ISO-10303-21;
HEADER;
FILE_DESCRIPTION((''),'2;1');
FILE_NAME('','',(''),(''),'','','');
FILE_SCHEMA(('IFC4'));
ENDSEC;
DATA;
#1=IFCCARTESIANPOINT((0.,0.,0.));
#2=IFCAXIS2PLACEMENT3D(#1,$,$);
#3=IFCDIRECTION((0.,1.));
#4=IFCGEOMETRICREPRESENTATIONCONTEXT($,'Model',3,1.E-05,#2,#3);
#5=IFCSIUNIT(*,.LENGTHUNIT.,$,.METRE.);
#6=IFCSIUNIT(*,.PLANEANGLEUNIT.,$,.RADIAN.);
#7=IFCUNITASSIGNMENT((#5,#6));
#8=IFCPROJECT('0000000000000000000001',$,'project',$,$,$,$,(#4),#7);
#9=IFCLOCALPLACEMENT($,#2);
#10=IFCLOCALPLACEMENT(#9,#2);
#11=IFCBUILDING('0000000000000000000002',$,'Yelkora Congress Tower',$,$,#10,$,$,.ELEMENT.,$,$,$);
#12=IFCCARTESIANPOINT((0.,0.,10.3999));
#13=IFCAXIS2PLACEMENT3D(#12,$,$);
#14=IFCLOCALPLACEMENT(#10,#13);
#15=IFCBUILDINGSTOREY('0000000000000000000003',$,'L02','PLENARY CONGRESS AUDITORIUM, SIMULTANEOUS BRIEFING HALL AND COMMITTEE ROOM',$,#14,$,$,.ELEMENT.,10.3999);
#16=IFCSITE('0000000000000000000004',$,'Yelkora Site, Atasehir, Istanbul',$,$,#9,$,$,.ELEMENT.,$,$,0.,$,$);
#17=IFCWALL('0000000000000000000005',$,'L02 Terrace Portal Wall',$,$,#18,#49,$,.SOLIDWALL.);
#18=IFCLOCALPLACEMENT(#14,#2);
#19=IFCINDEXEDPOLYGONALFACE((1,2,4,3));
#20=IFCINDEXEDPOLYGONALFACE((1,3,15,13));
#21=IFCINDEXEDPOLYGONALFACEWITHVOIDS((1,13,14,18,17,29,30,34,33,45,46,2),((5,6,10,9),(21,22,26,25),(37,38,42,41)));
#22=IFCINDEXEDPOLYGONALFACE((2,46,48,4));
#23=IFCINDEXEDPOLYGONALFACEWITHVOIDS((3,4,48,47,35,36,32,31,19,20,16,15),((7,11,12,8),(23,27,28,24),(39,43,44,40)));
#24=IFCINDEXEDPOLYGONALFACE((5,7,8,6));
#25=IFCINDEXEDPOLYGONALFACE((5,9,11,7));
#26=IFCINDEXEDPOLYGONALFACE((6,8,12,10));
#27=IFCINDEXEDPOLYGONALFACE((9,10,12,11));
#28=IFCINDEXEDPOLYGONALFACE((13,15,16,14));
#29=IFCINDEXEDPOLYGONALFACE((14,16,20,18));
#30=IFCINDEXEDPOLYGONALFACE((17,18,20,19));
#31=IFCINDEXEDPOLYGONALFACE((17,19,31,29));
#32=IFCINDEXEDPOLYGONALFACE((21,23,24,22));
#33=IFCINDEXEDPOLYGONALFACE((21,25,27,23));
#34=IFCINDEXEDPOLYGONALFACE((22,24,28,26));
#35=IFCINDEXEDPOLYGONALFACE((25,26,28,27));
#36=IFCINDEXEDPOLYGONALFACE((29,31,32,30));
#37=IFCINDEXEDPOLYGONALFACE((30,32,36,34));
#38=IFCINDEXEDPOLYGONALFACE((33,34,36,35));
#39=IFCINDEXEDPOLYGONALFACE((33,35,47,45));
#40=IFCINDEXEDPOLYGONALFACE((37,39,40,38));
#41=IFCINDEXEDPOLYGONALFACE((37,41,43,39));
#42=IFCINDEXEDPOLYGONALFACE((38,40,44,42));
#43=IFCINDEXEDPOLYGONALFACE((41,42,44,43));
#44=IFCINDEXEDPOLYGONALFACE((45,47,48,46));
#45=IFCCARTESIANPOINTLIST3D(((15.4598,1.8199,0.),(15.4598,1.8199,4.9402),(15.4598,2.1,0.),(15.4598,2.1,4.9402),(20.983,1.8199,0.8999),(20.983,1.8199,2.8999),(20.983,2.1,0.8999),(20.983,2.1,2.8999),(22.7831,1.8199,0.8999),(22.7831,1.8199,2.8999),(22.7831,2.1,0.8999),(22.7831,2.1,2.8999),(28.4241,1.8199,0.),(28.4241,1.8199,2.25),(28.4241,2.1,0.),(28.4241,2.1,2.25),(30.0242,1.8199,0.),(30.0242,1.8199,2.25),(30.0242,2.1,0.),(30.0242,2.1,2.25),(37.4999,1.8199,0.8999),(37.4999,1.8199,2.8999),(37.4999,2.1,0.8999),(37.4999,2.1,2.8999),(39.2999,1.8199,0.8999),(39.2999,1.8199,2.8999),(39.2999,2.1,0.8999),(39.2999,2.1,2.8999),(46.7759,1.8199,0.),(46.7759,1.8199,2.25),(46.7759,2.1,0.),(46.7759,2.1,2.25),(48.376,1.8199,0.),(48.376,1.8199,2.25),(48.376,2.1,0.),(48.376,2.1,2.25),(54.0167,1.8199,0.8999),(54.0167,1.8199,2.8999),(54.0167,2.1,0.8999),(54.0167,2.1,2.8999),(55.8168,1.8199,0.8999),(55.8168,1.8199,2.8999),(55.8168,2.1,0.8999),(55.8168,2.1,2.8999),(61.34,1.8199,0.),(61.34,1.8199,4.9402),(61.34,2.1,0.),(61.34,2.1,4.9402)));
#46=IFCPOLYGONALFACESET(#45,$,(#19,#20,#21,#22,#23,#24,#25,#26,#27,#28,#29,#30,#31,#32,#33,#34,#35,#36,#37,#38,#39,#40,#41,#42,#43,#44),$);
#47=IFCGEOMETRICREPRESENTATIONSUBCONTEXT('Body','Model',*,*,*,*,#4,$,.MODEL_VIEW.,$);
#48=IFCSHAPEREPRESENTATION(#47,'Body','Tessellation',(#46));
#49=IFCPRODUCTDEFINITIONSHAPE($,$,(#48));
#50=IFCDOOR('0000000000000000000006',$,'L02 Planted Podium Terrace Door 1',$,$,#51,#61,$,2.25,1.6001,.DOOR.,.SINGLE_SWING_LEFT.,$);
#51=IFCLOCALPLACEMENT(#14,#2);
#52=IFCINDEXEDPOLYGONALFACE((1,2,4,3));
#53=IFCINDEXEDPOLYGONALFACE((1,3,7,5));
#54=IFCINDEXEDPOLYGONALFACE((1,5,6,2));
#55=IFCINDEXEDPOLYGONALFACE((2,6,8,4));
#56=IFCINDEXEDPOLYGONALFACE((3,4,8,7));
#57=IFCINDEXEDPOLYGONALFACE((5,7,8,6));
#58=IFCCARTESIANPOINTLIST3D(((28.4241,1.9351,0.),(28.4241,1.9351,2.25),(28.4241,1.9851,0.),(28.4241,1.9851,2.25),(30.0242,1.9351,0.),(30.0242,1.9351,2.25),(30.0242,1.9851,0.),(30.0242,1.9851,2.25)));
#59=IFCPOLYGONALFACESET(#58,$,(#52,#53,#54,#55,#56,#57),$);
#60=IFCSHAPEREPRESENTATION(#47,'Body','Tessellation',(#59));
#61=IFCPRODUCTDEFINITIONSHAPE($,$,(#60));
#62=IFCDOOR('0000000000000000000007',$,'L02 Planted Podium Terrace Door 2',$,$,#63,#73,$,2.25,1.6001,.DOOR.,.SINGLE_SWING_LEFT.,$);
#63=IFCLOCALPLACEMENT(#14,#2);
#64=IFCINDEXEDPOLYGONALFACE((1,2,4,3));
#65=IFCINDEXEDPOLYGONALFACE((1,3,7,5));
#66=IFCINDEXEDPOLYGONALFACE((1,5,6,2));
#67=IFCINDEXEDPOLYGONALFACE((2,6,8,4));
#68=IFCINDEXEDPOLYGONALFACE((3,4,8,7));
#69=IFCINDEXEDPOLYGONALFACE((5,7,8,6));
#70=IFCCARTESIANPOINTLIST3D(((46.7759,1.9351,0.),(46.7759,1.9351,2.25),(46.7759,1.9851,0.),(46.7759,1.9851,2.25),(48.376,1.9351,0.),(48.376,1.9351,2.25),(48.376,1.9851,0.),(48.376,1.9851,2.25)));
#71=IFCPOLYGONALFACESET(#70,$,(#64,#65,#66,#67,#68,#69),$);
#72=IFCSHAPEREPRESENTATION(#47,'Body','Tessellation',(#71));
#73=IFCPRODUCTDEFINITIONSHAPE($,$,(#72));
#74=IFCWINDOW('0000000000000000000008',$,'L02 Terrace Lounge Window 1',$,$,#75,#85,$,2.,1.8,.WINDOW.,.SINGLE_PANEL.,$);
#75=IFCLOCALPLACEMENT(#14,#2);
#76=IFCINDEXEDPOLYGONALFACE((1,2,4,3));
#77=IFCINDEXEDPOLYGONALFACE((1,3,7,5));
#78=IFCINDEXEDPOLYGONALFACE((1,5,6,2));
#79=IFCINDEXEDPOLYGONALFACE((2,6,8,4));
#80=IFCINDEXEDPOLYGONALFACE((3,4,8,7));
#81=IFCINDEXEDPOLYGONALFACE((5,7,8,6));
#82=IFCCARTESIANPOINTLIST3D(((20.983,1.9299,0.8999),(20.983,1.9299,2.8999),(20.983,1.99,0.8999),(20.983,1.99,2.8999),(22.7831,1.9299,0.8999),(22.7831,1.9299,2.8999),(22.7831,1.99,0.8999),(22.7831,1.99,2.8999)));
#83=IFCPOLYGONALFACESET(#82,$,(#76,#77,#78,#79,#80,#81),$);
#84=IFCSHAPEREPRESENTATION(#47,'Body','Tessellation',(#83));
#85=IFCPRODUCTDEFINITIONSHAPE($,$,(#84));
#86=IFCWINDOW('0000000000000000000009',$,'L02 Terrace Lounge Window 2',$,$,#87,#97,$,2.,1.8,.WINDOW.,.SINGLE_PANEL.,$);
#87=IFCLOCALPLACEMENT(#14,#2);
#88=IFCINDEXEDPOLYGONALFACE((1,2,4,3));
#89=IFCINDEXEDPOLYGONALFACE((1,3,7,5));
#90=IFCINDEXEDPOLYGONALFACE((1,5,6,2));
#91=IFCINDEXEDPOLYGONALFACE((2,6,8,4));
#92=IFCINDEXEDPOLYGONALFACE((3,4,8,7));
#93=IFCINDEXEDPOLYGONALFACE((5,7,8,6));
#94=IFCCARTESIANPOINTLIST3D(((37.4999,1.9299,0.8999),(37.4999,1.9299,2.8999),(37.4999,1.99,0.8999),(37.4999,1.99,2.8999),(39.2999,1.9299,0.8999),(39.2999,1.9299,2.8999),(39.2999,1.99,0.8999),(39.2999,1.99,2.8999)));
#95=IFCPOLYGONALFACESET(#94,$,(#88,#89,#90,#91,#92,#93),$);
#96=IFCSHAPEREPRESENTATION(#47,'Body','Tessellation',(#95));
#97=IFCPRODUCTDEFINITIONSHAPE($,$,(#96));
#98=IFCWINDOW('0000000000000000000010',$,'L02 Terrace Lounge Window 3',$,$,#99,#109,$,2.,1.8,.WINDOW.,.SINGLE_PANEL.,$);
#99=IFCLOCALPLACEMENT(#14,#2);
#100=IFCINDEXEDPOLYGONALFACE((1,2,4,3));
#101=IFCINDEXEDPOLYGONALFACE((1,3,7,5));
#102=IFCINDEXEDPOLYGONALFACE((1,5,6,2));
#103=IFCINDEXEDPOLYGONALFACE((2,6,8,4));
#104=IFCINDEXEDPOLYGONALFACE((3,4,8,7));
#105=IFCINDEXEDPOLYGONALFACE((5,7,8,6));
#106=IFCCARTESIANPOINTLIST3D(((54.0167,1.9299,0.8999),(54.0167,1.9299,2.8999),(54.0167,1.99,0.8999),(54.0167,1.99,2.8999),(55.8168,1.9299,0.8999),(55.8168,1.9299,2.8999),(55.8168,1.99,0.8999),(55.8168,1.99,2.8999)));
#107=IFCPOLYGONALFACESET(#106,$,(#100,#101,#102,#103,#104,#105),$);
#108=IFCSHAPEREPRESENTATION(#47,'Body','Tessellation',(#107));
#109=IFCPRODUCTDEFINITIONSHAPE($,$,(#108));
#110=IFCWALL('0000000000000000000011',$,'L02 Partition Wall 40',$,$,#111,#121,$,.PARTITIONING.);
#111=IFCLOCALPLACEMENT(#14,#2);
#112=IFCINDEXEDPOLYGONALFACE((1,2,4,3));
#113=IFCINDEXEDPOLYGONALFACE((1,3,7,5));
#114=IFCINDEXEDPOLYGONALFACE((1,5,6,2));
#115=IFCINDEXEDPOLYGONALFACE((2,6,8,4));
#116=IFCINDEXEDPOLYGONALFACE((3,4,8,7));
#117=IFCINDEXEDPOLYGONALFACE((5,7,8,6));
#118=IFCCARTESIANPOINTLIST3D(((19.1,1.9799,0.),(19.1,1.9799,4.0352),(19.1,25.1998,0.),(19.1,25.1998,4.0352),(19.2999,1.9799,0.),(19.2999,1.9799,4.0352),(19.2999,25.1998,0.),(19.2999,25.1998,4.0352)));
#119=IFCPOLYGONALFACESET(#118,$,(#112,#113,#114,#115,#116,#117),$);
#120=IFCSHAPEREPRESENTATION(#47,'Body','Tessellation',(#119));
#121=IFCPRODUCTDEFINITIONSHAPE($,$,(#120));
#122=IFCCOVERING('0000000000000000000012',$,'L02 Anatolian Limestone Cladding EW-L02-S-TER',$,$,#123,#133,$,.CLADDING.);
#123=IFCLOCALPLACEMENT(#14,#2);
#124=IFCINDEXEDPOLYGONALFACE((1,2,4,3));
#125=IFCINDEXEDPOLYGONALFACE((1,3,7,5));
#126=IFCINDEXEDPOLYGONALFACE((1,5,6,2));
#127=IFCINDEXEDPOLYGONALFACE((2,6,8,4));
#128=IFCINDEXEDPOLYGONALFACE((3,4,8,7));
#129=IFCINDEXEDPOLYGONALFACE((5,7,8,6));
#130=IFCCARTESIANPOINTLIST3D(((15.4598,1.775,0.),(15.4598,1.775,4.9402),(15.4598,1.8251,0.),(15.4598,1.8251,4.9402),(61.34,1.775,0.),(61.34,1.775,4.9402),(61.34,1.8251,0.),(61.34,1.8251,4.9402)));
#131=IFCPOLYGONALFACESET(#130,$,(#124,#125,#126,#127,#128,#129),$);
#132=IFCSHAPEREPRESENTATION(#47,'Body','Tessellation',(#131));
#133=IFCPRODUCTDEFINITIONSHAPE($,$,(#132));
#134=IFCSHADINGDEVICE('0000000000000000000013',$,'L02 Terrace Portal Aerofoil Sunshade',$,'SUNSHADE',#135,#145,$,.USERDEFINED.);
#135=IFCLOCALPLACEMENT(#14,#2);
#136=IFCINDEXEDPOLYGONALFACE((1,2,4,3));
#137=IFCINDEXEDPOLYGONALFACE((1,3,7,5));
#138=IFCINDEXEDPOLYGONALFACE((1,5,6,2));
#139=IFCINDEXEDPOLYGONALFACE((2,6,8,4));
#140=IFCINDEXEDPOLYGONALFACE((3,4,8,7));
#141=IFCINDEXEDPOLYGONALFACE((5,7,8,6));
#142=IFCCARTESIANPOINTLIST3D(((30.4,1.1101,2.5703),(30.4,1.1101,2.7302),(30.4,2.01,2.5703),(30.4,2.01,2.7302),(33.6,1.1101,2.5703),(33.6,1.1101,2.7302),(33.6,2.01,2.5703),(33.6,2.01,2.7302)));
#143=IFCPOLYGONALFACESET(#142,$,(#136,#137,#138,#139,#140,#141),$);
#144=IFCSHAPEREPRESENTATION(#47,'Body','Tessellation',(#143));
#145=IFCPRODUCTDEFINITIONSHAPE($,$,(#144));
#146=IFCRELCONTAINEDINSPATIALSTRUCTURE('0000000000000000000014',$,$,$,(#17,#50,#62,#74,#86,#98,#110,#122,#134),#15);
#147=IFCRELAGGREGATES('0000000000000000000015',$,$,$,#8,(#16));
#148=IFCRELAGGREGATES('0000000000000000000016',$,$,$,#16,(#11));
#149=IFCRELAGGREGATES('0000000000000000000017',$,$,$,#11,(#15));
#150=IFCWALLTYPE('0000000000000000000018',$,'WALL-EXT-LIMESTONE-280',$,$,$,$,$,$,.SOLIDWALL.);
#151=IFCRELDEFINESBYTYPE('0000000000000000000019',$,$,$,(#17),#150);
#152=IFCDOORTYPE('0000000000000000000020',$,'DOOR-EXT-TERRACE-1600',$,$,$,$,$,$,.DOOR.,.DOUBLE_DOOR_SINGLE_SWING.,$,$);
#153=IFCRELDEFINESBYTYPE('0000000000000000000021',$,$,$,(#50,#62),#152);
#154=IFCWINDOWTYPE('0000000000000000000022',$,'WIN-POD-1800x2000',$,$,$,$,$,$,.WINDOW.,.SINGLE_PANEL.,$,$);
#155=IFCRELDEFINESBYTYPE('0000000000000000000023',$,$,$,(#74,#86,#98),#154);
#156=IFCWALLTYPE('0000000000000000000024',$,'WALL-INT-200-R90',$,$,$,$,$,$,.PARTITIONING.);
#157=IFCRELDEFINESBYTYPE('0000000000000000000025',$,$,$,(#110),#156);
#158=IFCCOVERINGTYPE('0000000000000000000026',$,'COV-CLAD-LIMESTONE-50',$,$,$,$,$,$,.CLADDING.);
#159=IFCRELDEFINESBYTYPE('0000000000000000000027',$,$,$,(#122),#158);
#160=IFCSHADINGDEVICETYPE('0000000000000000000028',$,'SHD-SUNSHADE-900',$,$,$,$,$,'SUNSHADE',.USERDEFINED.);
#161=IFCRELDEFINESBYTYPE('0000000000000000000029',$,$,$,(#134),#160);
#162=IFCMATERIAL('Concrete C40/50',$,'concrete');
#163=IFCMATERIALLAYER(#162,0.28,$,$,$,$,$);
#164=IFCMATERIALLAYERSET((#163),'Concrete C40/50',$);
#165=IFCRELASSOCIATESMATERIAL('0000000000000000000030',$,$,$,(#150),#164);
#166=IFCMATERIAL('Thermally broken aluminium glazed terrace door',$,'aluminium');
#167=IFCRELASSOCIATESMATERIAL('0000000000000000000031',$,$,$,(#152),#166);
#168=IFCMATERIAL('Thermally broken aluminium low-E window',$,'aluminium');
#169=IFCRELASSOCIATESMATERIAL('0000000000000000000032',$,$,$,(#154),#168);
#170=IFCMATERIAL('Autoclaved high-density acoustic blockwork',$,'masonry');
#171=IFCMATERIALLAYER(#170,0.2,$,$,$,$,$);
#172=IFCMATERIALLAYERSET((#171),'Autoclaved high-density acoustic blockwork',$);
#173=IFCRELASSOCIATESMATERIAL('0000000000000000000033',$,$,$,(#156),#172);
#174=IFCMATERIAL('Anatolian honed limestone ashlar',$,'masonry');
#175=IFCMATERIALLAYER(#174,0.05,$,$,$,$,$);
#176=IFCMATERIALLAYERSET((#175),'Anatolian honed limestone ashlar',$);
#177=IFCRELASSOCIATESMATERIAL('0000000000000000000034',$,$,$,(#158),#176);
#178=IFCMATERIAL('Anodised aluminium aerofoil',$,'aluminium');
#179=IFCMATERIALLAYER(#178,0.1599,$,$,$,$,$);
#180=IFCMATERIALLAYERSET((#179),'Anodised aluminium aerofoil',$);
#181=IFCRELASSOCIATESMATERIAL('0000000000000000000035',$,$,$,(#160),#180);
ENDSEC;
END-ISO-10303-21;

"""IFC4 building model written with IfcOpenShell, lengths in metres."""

from ifc_helpers import new_model, si_unit, direction, frame, frame_2d, origin, origin_2d, place, context, subcontext, project, spatial, rectangle, extrude, material, layer, layer_set, type_object, element, fill, save


model = new_model("IFC4")

# Units and contexts
model_context = context("Model", 3, precision=1e-05, world=origin(), true_north=direction((0.0, 1.0)))
body_context = subcontext(model_context, "Body", "Model", "MODEL_VIEW")
ifc_project = project(units=[si_unit("LENGTHUNIT", "METRE"), si_unit("PLANEANGLEUNIT", "RADIAN")], contexts=[model_context])

# Site, building, storey
site_placement = place(None, origin())
site = spatial("IfcSite", under=ifc_project, at=site_placement, Name="Yelkora Site, Atasehir, Istanbul", CompositionType="ELEMENT", RefElevation=0.0)
building_placement = place(site_placement, origin())
building = spatial("IfcBuilding", under=site, at=building_placement, Name="Yelkora Congress Tower", CompositionType="ELEMENT")
storey_placement = place(building_placement, frame((0.0, 0.0, 10.3999)))
storey = spatial("IfcBuildingStorey", under=building, at=storey_placement, Name="L02", Description="PLENARY CONGRESS AUDITORIUM, SIMULTANEOUS BRIEFING HALL AND COMMITTEE ROOM", CompositionType="ELEMENT", Elevation=10.3999)

# Wall, openings, doors, windows
ifc_material_1 = material(Name="Concrete C40/50", Category="concrete")
ifc_layer_1 = layer(ifc_material_1, 0.28)
ifc_layer_set_1 = layer_set([ifc_layer_1], Name="Concrete C40/50")
wall_type_1 = type_object("IfcWallType", Name="WALL-EXT-LIMESTONE-280", PredefinedType="SOLIDWALL", material=ifc_layer_set_1)
wall_1_placement = place(storey_placement, frame((15.46, 1.96, 0.0), z_axis=(0.0, 0.0, 1.0), x_axis=(1.0, 0.0, 0.0)))
wall_1 = element("IfcWall", 1, at=wall_1_placement, inside=storey, type_object=wall_type_1, Name="L02 Terrace Portal Wall", PredefinedType="SOLIDWALL", context=body_context, shape_type="SweptSolid", body=[
    extrude(rectangle(XDim=45.8801, YDim=0.28, at=frame_2d((22.9399, 0.0))), origin(), (0.0, 0.0, 1.0), 4.9402),
])
opening_1_placement = place(wall_1_placement, frame((12.9641, 0.0, 0.0)))
opening_1 = element("IfcOpeningElement", 2, at=opening_1_placement, cuts=wall_1, PredefinedType="OPENING", context=body_context, shape_type="SweptSolid", body=[
    extrude(rectangle(XDim=1.6001, YDim=2.25, at=frame_2d((0.8, 1.125))), frame((0.0, 0.1499, 0.0), z_axis=(0.0, -1.0, 0.0), x_axis=(1.0, 0.0, 0.0)), (0.0, 0.0, 1.0), 0.3),
])
opening_2_placement = place(wall_1_placement, frame((31.3159, 0.0, 0.0)))
opening_2 = element("IfcOpeningElement", 3, at=opening_2_placement, cuts=wall_1, PredefinedType="OPENING", context=body_context, shape_type="SweptSolid", body=[
    extrude(rectangle(XDim=1.6001, YDim=2.25, at=frame_2d((0.8, 1.125))), frame((0.0, 0.1499, 0.0), z_axis=(0.0, -1.0, 0.0), x_axis=(1.0, 0.0, 0.0)), (0.0, 0.0, 1.0), 0.3),
])
opening_3_placement = place(wall_1_placement, frame((5.5232, 0.0, 0.8999)))
opening_3 = element("IfcOpeningElement", 4, at=opening_3_placement, cuts=wall_1, PredefinedType="OPENING", context=body_context, shape_type="SweptSolid", body=[
    extrude(rectangle(XDim=1.8, YDim=2.0, at=frame_2d((0.8999, 1.0))), frame((0.0, 0.1499, 0.0), z_axis=(0.0, -1.0, 0.0), x_axis=(1.0, 0.0, 0.0)), (0.0, 0.0, 1.0), 0.3),
])
opening_4_placement = place(wall_1_placement, frame((22.04, 0.0, 0.8999)))
opening_4 = element("IfcOpeningElement", 5, at=opening_4_placement, cuts=wall_1, PredefinedType="OPENING", context=body_context, shape_type="SweptSolid", body=[
    extrude(rectangle(XDim=1.8, YDim=2.0, at=frame_2d((0.8999, 1.0))), frame((0.0, 0.1499, 0.0), z_axis=(0.0, -1.0, 0.0), x_axis=(1.0, 0.0, 0.0)), (0.0, 0.0, 1.0), 0.3),
])
opening_5_placement = place(wall_1_placement, frame((38.5569, 0.0, 0.8999)))
opening_5 = element("IfcOpeningElement", 6, at=opening_5_placement, cuts=wall_1, PredefinedType="OPENING", context=body_context, shape_type="SweptSolid", body=[
    extrude(rectangle(XDim=1.8, YDim=2.0, at=frame_2d((0.8999, 1.0))), frame((0.0, 0.1499, 0.0), z_axis=(0.0, -1.0, 0.0), x_axis=(1.0, 0.0, 0.0)), (0.0, 0.0, 1.0), 0.3),
])
ifc_material_2 = material(Name="Thermally broken aluminium glazed terrace door", Category="aluminium")
door_type = type_object("IfcDoorType", Name="DOOR-EXT-TERRACE-1600", OperationType="DOUBLE_DOOR_SINGLE_SWING", PredefinedType="DOOR", material=ifc_material_2)
door_1_placement = place(opening_1_placement, frame((1.6001, 0.0, 0.0), z_axis=(0.0, 0.0, 1.0), x_axis=(-1.0, 0.0, 0.0)))
door_1 = element("IfcDoor", 7, at=door_1_placement, inside=storey, type_object=door_type, Name="L02 Planted Podium Terrace Door 1", OperationType="SINGLE_SWING_LEFT", OverallHeight=2.25, OverallWidth=1.6001, PredefinedType="DOOR", context=body_context, shape_type="SweptSolid", body=[
    extrude(rectangle(XDim=1.6001, YDim=2.25, at=frame_2d((0.8, 1.125))), frame((0.0, 0.0249, 0.0), z_axis=(0.0, -1.0, 0.0), x_axis=(1.0, 0.0, 0.0)), (0.0, 0.0, 1.0), 0.05),
])
fill(opening_1, door_1)
door_2_placement = place(opening_2_placement, frame((1.6001, 0.0, 0.0), z_axis=(0.0, 0.0, 1.0), x_axis=(-1.0, 0.0, 0.0)))
door_2 = element("IfcDoor", 8, at=door_2_placement, inside=storey, type_object=door_type, Name="L02 Planted Podium Terrace Door 2", OperationType="SINGLE_SWING_LEFT", OverallHeight=2.25, OverallWidth=1.6001, PredefinedType="DOOR", context=body_context, shape_type="SweptSolid", body=[
    extrude(rectangle(XDim=1.6001, YDim=2.25, at=frame_2d((0.8, 1.125))), frame((0.0, 0.0249, 0.0), z_axis=(0.0, -1.0, 0.0), x_axis=(1.0, 0.0, 0.0)), (0.0, 0.0, 1.0), 0.05),
])
fill(opening_2, door_2)
ifc_material_3 = material(Name="Thermally broken aluminium low-E window", Category="aluminium")
window_type = type_object("IfcWindowType", Name="WIN-POD-1800x2000", PartitioningType="SINGLE_PANEL", PredefinedType="WINDOW", material=ifc_material_3)
window_1_placement = place(opening_3_placement, origin())
window_1 = element("IfcWindow", 9, at=window_1_placement, inside=storey, type_object=window_type, Name="L02 Terrace Lounge Window 1", OverallHeight=2.0, OverallWidth=1.8, PartitioningType="SINGLE_PANEL", PredefinedType="WINDOW", context=body_context, shape_type="SweptSolid", body=[
    extrude(rectangle(XDim=1.8, YDim=2.0, at=frame_2d((0.8999, 1.0))), frame((0.0, 0.03, 0.0), z_axis=(0.0, -1.0, 0.0), x_axis=(1.0, 0.0, 0.0)), (0.0, 0.0, 1.0), 0.0601),
])
fill(opening_3, window_1)
window_2_placement = place(opening_4_placement, origin())
window_2 = element("IfcWindow", 10, at=window_2_placement, inside=storey, type_object=window_type, Name="L02 Terrace Lounge Window 2", OverallHeight=2.0, OverallWidth=1.8, PartitioningType="SINGLE_PANEL", PredefinedType="WINDOW", context=body_context, shape_type="SweptSolid", body=[
    extrude(rectangle(XDim=1.8, YDim=2.0, at=frame_2d((0.8999, 1.0))), frame((0.0, 0.03, 0.0), z_axis=(0.0, -1.0, 0.0), x_axis=(1.0, 0.0, 0.0)), (0.0, 0.0, 1.0), 0.0601),
])
fill(opening_4, window_2)
window_3_placement = place(opening_5_placement, origin())
window_3 = element("IfcWindow", 11, at=window_3_placement, inside=storey, type_object=window_type, Name="L02 Terrace Lounge Window 3", OverallHeight=2.0, OverallWidth=1.8, PartitioningType="SINGLE_PANEL", PredefinedType="WINDOW", context=body_context, shape_type="SweptSolid", body=[
    extrude(rectangle(XDim=1.8, YDim=2.0, at=frame_2d((0.8999, 1.0))), frame((0.0, 0.03, 0.0), z_axis=(0.0, -1.0, 0.0), x_axis=(1.0, 0.0, 0.0)), (0.0, 0.0, 1.0), 0.0601),
])
fill(opening_5, window_3)

# Wall
ifc_material_4 = material(Name="Autoclaved high-density acoustic blockwork", Category="masonry")
ifc_layer_2 = layer(ifc_material_4, 0.2)
ifc_layer_set_2 = layer_set([ifc_layer_2], Name="Autoclaved high-density acoustic blockwork")
wall_type_2 = type_object("IfcWallType", Name="WALL-INT-200-R90", PredefinedType="PARTITIONING", material=ifc_layer_set_2)
wall_2_placement = place(storey_placement, frame((19.2, 1.98, 0.0), z_axis=(0.0, 0.0, 1.0), x_axis=(0.0, 1.0, 0.0)))
element("IfcWall", 12, at=wall_2_placement, inside=storey, type_object=wall_type_2, Name="L02 Partition Wall 40", PredefinedType="PARTITIONING", context=body_context, shape_type="SweptSolid", body=[
    extrude(rectangle(XDim=23.22, YDim=0.2, at=frame_2d((11.6099, 0.0))), origin(), (0.0, 0.0, 1.0), 4.0352),
])

# Covering
ifc_material_5 = material(Name="Anatolian honed limestone ashlar", Category="masonry")
ifc_layer_3 = layer(ifc_material_5, 0.05)
ifc_layer_set_3 = layer_set([ifc_layer_3], Name="Anatolian honed limestone ashlar")
covering_type = type_object("IfcCoveringType", Name="COV-CLAD-LIMESTONE-50", PredefinedType="CLADDING", material=ifc_layer_set_3)
covering_placement = place(storey_placement, frame((15.46, 1.8, 0.0), z_axis=(0.0, 0.0, 1.0), x_axis=(1.0, 0.0, 0.0)))
element("IfcCovering", 13, at=covering_placement, inside=storey, type_object=covering_type, Name="L02 Anatolian Limestone Cladding EW-L02-S-TER", PredefinedType="CLADDING", context=body_context, shape_type="SweptSolid", body=[
    extrude(rectangle(XDim=45.8801, YDim=0.05, at=frame_2d((22.9399, 0.0))), origin(), (0.0, 0.0, 1.0), 4.9402),
])

# Shading device
ifc_material_6 = material(Name="Anodised aluminium aerofoil", Category="aluminium")
ifc_layer_4 = layer(ifc_material_6, 0.1599)
ifc_layer_set_4 = layer_set([ifc_layer_4], Name="Anodised aluminium aerofoil")
shading_device_type = type_object("IfcShadingDeviceType", Name="SHD-SUNSHADE-900", ElementType="SUNSHADE", PredefinedType="USERDEFINED", material=ifc_layer_set_4)
shading_device_placement = place(storey_placement, frame((32.0, 1.5601, 2.5703), z_axis=(0.0, 0.0, 1.0), x_axis=(1.0, 0.0, 0.0)))
element("IfcShadingDevice", 14, at=shading_device_placement, inside=storey, type_object=shading_device_type, Name="L02 Terrace Portal Aerofoil Sunshade", ObjectType="SUNSHADE", PredefinedType="USERDEFINED", context=body_context, shape_type="SweptSolid", body=[
    extrude(rectangle(XDim=3.2, YDim=0.8999, at=origin_2d()), origin(), (0.0, 0.0, 1.0), 0.1599),
])

save(model, "model.ifc")
